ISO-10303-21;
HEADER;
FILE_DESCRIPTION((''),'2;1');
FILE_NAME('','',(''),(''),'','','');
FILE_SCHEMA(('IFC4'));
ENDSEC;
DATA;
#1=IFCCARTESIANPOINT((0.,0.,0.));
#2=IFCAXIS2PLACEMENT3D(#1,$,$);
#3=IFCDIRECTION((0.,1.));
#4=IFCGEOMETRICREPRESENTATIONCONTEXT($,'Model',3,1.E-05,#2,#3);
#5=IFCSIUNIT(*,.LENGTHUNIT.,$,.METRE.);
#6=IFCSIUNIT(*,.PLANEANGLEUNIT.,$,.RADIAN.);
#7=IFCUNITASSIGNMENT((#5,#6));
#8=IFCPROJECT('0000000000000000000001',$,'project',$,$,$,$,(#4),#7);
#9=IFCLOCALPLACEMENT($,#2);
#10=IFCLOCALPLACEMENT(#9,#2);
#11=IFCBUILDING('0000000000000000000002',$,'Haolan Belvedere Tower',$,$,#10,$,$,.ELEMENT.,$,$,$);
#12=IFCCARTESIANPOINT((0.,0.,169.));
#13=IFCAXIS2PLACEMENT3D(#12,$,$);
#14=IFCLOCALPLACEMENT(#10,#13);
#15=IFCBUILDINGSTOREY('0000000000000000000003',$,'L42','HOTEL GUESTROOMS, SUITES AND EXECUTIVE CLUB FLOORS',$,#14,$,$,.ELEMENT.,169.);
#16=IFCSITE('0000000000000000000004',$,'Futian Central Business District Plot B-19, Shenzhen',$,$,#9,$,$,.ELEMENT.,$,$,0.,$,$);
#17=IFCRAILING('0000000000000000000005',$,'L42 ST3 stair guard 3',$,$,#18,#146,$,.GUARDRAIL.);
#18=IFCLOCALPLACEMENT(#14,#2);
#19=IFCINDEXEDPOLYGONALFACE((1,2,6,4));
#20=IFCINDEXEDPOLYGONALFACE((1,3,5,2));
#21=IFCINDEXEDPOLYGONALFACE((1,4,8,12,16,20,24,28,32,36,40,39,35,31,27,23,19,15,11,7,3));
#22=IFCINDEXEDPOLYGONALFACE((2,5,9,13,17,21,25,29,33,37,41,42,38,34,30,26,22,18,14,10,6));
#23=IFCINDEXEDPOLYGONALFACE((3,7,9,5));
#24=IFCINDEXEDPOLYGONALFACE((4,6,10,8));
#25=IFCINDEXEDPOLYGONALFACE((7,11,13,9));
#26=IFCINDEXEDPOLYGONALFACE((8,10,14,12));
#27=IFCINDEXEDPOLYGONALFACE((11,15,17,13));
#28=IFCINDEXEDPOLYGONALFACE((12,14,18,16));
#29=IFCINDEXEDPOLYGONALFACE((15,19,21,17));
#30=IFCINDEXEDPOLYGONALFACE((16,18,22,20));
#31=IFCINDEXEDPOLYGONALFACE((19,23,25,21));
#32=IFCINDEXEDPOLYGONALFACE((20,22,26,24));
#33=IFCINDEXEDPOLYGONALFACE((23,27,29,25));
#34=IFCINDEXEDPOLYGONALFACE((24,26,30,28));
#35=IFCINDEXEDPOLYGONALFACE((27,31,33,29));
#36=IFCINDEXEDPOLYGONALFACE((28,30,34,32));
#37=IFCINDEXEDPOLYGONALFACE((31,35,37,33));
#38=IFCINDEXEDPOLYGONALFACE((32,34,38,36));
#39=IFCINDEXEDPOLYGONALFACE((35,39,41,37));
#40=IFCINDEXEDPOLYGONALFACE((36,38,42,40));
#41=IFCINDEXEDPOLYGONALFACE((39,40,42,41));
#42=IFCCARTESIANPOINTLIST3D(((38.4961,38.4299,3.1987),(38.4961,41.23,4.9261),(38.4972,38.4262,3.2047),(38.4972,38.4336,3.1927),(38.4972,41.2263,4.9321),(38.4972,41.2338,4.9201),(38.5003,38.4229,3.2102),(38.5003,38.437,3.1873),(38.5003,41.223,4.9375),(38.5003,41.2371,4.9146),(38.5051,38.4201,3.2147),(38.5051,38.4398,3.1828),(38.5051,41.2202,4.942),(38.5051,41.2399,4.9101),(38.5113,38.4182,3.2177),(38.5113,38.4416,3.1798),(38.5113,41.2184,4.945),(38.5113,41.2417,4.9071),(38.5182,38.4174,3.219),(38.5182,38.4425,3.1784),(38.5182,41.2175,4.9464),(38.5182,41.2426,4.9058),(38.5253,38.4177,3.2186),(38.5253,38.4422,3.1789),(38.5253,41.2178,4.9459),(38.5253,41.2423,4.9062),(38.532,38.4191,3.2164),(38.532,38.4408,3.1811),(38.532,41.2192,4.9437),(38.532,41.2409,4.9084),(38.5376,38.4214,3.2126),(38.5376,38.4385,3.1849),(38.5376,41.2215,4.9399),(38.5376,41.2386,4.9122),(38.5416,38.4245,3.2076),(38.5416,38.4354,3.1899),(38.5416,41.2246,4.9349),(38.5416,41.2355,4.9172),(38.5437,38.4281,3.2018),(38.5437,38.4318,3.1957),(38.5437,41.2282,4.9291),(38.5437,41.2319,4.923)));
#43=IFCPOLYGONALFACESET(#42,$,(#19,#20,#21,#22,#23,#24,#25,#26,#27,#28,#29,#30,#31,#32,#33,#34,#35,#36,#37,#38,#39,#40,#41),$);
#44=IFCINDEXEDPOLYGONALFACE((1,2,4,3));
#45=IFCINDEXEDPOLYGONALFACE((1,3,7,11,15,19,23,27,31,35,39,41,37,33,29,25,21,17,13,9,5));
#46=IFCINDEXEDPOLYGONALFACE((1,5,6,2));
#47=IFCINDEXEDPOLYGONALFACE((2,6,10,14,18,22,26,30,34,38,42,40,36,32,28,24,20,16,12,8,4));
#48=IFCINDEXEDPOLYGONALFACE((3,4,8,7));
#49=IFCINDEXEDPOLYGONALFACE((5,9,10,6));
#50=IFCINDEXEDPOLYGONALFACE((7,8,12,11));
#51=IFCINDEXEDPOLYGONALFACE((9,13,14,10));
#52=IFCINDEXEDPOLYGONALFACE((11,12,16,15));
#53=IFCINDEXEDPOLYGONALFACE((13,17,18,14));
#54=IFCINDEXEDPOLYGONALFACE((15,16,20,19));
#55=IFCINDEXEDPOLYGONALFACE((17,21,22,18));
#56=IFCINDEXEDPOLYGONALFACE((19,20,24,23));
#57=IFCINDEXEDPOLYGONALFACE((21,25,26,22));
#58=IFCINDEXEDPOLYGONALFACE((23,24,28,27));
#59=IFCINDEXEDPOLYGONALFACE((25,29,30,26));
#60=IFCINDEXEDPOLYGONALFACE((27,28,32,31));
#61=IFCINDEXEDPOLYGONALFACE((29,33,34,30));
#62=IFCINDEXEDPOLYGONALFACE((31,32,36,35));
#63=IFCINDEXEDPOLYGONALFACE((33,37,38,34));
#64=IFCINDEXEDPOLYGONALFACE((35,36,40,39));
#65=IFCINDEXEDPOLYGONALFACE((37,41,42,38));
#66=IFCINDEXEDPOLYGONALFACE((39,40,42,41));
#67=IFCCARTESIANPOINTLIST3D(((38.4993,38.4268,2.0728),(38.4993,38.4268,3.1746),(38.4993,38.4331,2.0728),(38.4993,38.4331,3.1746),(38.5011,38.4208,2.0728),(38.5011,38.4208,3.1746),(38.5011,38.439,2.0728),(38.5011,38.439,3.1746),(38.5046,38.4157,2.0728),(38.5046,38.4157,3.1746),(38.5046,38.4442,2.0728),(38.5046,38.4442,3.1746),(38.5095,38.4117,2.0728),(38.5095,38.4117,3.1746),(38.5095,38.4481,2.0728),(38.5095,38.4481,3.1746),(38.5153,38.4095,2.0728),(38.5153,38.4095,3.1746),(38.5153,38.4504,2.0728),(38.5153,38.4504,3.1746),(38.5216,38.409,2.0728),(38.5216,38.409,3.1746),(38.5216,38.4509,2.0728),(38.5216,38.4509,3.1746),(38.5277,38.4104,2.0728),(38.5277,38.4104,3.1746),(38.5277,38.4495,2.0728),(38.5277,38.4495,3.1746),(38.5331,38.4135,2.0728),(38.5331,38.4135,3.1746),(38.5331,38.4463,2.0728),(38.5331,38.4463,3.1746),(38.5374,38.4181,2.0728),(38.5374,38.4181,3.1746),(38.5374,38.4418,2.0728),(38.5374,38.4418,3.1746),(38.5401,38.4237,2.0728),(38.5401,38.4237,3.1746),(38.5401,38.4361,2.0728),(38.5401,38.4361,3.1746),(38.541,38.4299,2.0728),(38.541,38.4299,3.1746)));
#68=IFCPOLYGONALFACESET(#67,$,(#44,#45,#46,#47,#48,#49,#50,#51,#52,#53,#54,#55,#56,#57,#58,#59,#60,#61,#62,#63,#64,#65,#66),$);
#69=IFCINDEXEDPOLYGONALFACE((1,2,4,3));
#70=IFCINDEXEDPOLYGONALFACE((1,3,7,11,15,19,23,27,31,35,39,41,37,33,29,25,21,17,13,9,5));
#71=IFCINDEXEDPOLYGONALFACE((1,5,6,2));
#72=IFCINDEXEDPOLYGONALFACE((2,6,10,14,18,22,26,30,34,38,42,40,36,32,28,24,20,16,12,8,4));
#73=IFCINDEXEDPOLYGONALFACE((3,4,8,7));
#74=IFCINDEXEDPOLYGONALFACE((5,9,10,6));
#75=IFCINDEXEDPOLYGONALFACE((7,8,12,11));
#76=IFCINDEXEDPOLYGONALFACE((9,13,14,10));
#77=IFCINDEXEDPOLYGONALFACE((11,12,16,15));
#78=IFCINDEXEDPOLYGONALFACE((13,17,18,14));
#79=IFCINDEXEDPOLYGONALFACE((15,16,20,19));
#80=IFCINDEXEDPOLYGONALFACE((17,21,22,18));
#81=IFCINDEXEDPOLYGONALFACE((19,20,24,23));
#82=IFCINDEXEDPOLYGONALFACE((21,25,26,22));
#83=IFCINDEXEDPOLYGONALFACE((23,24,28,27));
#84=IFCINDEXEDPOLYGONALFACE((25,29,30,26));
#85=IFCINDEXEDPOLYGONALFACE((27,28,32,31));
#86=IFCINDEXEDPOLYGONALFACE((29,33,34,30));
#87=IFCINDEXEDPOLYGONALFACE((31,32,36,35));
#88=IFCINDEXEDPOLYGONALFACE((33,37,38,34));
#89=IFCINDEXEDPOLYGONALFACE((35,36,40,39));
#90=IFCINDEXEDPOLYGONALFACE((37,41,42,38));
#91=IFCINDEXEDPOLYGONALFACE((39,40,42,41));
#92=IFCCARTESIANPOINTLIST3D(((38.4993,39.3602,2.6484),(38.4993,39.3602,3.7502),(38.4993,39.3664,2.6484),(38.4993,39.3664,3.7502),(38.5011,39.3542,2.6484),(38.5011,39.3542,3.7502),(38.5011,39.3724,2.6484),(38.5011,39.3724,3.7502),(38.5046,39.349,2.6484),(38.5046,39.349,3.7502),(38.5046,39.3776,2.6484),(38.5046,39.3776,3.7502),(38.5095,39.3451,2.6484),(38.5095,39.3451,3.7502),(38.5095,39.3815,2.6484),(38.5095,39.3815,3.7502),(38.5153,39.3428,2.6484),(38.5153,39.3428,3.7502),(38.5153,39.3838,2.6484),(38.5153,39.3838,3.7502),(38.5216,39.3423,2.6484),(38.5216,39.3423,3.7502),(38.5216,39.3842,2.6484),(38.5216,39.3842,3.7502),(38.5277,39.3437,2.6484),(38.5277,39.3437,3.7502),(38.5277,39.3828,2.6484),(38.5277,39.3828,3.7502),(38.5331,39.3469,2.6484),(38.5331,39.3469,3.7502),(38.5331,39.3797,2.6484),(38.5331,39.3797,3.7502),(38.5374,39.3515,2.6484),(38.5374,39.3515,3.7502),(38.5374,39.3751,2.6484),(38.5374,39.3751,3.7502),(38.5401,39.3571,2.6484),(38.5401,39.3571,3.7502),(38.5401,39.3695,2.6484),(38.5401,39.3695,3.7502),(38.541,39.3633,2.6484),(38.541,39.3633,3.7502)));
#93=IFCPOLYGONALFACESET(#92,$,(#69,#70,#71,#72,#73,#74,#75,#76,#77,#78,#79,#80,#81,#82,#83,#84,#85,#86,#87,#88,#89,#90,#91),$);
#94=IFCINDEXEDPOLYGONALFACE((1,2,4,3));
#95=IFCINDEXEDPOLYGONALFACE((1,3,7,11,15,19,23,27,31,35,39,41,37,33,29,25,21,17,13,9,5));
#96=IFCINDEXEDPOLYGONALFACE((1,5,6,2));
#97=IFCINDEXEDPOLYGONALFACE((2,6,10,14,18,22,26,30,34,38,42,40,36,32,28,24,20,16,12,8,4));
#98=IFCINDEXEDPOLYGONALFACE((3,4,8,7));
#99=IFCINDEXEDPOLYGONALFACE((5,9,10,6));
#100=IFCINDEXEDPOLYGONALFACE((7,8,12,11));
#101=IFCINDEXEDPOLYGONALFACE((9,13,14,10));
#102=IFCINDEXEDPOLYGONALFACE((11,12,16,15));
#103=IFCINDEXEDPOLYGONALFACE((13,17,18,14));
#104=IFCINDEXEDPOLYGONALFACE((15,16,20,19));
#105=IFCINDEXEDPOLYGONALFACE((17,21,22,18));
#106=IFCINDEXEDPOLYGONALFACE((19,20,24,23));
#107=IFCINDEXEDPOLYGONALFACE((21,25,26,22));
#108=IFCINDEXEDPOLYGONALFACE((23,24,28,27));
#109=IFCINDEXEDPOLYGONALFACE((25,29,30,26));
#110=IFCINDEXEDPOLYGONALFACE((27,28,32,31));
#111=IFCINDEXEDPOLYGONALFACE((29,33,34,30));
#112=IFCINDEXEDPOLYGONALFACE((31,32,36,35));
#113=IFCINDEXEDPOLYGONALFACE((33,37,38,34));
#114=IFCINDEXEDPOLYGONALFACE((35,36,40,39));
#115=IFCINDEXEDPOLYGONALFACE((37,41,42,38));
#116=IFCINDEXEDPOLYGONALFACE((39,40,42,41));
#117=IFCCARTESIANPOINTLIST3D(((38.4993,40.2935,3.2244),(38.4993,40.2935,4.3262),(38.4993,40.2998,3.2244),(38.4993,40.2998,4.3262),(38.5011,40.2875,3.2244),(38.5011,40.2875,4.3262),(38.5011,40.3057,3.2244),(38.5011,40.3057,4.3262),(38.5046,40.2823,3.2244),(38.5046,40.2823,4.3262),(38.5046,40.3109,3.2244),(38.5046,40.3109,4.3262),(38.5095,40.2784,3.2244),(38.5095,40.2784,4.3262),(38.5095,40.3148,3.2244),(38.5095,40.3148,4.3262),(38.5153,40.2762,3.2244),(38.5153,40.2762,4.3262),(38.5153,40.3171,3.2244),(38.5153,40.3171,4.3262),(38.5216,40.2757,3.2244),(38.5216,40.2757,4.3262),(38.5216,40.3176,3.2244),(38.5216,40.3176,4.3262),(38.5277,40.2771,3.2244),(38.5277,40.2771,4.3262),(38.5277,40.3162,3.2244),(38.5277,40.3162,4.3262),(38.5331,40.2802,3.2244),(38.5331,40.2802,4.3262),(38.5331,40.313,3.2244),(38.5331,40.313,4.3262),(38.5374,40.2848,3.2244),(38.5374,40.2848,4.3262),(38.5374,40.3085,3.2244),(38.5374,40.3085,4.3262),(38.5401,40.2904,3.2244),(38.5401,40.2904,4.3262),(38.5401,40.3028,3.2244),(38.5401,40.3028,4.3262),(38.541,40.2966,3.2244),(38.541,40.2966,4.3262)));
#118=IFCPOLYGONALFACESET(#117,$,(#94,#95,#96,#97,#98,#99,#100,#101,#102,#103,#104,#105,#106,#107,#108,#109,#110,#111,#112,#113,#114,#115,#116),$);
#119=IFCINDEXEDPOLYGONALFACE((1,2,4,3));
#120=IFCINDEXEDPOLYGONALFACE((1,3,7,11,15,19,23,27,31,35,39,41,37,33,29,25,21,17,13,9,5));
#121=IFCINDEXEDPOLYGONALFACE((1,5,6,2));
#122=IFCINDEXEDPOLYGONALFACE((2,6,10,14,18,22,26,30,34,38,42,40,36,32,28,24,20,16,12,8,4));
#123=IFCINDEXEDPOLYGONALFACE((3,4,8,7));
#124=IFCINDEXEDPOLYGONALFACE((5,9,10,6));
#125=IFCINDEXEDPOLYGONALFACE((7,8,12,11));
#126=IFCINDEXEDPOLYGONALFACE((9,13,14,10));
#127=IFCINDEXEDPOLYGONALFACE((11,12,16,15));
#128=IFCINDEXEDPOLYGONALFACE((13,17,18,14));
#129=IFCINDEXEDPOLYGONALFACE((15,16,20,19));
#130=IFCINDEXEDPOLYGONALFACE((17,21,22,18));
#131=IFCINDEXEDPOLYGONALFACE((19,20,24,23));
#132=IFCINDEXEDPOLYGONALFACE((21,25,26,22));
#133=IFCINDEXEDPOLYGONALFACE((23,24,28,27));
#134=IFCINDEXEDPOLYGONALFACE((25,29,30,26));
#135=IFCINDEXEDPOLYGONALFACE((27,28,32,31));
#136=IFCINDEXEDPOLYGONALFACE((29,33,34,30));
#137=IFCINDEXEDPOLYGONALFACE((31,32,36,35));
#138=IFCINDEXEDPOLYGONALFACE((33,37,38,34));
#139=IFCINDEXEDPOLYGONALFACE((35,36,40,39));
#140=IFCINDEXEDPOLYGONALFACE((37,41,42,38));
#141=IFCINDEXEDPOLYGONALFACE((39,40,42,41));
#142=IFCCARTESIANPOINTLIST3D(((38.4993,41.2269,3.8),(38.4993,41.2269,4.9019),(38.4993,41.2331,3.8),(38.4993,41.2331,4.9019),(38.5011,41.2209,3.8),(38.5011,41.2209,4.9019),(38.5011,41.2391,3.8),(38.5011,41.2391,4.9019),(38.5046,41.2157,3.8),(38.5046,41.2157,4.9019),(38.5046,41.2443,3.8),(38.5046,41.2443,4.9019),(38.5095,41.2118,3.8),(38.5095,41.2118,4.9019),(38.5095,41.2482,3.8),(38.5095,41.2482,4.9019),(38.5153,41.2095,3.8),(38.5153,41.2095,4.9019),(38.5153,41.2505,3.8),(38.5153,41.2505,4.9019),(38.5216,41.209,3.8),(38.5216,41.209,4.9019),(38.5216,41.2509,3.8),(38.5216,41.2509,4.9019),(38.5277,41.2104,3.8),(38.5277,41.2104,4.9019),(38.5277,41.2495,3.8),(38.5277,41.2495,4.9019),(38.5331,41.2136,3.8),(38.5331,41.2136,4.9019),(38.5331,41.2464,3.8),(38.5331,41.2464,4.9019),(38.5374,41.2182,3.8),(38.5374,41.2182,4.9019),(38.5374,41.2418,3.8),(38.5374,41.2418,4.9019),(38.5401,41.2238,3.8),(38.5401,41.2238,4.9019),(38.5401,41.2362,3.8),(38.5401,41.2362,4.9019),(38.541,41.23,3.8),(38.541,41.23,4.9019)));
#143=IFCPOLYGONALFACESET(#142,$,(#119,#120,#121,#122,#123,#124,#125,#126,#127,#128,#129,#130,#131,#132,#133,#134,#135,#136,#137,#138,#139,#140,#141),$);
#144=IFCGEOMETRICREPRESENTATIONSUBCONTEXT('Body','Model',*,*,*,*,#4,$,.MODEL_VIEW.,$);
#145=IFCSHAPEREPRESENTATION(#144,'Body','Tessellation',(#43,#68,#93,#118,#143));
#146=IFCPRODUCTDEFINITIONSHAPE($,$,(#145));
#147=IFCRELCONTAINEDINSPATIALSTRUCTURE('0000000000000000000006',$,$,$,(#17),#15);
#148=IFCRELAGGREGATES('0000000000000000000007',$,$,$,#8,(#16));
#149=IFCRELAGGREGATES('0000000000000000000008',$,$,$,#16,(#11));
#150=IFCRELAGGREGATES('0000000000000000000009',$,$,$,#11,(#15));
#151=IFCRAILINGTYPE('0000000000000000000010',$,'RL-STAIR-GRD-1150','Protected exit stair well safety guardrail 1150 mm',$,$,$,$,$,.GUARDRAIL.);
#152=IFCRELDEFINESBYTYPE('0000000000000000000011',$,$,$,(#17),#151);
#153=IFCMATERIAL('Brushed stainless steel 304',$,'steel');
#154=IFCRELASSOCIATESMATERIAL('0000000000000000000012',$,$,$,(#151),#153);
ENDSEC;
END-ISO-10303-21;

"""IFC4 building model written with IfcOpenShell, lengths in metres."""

from ifc_helpers import new_model, si_unit, direction, frame, origin, origin_2d, place, context, subcontext, project, spatial, circle, extrude, material, type_object, element, save


model = new_model("IFC4")

# Units and contexts
model_context = context("Model", 3, precision=1e-05, world=origin(), true_north=direction((0.0, 1.0)))
body_context = subcontext(model_context, "Body", "Model", "MODEL_VIEW")
ifc_project = project(units=[si_unit("LENGTHUNIT", "METRE"), si_unit("PLANEANGLEUNIT", "RADIAN")], contexts=[model_context])

# Site, building, storey
site_placement = place(None, origin())
site = spatial("IfcSite", under=ifc_project, at=site_placement, Name="Futian Central Business District Plot B-19, Shenzhen", CompositionType="ELEMENT", RefElevation=0.0)
building_placement = place(site_placement, origin())
building = spatial("IfcBuilding", under=site, at=building_placement, Name="Haolan Belvedere Tower", CompositionType="ELEMENT")
storey_placement = place(building_placement, frame((0.0, 0.0, 169.0)))
storey = spatial("IfcBuildingStorey", under=building, at=storey_placement, Name="L42", Description="HOTEL GUESTROOMS, SUITES AND EXECUTIVE CLUB FLOORS", CompositionType="ELEMENT", Elevation=169.0)

# Railing
ifc_material_1 = material(Name="Brushed stainless steel 304", Category="steel")
railing_type_1 = type_object("IfcRailingType", Name="RL-STAIR-GRD-1150", Description="Protected exit stair well safety guardrail 1150 mm", PredefinedType="GUARDRAIL", material=ifc_material_1)
railing_1_placement = place(storey_placement, frame((38.52, 38.4299, 2.0728)))
element("IfcRailing", 1, at=railing_1_placement, inside=storey, type_object=railing_type_1, Name="L42 ST3 stair guard 3", PredefinedType="GUARDRAIL", context=body_context, shape_type="SweptSolid", body=[
    extrude(circle(Radius=0.0239, at=origin_2d()), frame((0.0, 0.0, 1.126), z_axis=(0.0, 0.85109, 0.52502), x_axis=(-1.0, 0.0, 0.0)), (0.0, 0.0, 1.0), 3.29),
    extrude(circle(Radius=0.021, at=origin_2d()), origin(), (0.0, 0.0, 1.0), 1.1018),
    extrude(circle(Radius=0.021, at=origin_2d()), frame((0.0, 0.9333, 0.5757)), (0.0, 0.0, 1.0), 1.1018),
    extrude(circle(Radius=0.021, at=origin_2d()), frame((0.0, 1.8667, 1.1516)), (0.0, 0.0, 1.0), 1.1018),
    extrude(circle(Radius=0.021, at=origin_2d()), frame((0.0, 2.8, 1.7273)), (0.0, 0.0, 1.0), 1.1018),
])

save(model, "model.ifc")
